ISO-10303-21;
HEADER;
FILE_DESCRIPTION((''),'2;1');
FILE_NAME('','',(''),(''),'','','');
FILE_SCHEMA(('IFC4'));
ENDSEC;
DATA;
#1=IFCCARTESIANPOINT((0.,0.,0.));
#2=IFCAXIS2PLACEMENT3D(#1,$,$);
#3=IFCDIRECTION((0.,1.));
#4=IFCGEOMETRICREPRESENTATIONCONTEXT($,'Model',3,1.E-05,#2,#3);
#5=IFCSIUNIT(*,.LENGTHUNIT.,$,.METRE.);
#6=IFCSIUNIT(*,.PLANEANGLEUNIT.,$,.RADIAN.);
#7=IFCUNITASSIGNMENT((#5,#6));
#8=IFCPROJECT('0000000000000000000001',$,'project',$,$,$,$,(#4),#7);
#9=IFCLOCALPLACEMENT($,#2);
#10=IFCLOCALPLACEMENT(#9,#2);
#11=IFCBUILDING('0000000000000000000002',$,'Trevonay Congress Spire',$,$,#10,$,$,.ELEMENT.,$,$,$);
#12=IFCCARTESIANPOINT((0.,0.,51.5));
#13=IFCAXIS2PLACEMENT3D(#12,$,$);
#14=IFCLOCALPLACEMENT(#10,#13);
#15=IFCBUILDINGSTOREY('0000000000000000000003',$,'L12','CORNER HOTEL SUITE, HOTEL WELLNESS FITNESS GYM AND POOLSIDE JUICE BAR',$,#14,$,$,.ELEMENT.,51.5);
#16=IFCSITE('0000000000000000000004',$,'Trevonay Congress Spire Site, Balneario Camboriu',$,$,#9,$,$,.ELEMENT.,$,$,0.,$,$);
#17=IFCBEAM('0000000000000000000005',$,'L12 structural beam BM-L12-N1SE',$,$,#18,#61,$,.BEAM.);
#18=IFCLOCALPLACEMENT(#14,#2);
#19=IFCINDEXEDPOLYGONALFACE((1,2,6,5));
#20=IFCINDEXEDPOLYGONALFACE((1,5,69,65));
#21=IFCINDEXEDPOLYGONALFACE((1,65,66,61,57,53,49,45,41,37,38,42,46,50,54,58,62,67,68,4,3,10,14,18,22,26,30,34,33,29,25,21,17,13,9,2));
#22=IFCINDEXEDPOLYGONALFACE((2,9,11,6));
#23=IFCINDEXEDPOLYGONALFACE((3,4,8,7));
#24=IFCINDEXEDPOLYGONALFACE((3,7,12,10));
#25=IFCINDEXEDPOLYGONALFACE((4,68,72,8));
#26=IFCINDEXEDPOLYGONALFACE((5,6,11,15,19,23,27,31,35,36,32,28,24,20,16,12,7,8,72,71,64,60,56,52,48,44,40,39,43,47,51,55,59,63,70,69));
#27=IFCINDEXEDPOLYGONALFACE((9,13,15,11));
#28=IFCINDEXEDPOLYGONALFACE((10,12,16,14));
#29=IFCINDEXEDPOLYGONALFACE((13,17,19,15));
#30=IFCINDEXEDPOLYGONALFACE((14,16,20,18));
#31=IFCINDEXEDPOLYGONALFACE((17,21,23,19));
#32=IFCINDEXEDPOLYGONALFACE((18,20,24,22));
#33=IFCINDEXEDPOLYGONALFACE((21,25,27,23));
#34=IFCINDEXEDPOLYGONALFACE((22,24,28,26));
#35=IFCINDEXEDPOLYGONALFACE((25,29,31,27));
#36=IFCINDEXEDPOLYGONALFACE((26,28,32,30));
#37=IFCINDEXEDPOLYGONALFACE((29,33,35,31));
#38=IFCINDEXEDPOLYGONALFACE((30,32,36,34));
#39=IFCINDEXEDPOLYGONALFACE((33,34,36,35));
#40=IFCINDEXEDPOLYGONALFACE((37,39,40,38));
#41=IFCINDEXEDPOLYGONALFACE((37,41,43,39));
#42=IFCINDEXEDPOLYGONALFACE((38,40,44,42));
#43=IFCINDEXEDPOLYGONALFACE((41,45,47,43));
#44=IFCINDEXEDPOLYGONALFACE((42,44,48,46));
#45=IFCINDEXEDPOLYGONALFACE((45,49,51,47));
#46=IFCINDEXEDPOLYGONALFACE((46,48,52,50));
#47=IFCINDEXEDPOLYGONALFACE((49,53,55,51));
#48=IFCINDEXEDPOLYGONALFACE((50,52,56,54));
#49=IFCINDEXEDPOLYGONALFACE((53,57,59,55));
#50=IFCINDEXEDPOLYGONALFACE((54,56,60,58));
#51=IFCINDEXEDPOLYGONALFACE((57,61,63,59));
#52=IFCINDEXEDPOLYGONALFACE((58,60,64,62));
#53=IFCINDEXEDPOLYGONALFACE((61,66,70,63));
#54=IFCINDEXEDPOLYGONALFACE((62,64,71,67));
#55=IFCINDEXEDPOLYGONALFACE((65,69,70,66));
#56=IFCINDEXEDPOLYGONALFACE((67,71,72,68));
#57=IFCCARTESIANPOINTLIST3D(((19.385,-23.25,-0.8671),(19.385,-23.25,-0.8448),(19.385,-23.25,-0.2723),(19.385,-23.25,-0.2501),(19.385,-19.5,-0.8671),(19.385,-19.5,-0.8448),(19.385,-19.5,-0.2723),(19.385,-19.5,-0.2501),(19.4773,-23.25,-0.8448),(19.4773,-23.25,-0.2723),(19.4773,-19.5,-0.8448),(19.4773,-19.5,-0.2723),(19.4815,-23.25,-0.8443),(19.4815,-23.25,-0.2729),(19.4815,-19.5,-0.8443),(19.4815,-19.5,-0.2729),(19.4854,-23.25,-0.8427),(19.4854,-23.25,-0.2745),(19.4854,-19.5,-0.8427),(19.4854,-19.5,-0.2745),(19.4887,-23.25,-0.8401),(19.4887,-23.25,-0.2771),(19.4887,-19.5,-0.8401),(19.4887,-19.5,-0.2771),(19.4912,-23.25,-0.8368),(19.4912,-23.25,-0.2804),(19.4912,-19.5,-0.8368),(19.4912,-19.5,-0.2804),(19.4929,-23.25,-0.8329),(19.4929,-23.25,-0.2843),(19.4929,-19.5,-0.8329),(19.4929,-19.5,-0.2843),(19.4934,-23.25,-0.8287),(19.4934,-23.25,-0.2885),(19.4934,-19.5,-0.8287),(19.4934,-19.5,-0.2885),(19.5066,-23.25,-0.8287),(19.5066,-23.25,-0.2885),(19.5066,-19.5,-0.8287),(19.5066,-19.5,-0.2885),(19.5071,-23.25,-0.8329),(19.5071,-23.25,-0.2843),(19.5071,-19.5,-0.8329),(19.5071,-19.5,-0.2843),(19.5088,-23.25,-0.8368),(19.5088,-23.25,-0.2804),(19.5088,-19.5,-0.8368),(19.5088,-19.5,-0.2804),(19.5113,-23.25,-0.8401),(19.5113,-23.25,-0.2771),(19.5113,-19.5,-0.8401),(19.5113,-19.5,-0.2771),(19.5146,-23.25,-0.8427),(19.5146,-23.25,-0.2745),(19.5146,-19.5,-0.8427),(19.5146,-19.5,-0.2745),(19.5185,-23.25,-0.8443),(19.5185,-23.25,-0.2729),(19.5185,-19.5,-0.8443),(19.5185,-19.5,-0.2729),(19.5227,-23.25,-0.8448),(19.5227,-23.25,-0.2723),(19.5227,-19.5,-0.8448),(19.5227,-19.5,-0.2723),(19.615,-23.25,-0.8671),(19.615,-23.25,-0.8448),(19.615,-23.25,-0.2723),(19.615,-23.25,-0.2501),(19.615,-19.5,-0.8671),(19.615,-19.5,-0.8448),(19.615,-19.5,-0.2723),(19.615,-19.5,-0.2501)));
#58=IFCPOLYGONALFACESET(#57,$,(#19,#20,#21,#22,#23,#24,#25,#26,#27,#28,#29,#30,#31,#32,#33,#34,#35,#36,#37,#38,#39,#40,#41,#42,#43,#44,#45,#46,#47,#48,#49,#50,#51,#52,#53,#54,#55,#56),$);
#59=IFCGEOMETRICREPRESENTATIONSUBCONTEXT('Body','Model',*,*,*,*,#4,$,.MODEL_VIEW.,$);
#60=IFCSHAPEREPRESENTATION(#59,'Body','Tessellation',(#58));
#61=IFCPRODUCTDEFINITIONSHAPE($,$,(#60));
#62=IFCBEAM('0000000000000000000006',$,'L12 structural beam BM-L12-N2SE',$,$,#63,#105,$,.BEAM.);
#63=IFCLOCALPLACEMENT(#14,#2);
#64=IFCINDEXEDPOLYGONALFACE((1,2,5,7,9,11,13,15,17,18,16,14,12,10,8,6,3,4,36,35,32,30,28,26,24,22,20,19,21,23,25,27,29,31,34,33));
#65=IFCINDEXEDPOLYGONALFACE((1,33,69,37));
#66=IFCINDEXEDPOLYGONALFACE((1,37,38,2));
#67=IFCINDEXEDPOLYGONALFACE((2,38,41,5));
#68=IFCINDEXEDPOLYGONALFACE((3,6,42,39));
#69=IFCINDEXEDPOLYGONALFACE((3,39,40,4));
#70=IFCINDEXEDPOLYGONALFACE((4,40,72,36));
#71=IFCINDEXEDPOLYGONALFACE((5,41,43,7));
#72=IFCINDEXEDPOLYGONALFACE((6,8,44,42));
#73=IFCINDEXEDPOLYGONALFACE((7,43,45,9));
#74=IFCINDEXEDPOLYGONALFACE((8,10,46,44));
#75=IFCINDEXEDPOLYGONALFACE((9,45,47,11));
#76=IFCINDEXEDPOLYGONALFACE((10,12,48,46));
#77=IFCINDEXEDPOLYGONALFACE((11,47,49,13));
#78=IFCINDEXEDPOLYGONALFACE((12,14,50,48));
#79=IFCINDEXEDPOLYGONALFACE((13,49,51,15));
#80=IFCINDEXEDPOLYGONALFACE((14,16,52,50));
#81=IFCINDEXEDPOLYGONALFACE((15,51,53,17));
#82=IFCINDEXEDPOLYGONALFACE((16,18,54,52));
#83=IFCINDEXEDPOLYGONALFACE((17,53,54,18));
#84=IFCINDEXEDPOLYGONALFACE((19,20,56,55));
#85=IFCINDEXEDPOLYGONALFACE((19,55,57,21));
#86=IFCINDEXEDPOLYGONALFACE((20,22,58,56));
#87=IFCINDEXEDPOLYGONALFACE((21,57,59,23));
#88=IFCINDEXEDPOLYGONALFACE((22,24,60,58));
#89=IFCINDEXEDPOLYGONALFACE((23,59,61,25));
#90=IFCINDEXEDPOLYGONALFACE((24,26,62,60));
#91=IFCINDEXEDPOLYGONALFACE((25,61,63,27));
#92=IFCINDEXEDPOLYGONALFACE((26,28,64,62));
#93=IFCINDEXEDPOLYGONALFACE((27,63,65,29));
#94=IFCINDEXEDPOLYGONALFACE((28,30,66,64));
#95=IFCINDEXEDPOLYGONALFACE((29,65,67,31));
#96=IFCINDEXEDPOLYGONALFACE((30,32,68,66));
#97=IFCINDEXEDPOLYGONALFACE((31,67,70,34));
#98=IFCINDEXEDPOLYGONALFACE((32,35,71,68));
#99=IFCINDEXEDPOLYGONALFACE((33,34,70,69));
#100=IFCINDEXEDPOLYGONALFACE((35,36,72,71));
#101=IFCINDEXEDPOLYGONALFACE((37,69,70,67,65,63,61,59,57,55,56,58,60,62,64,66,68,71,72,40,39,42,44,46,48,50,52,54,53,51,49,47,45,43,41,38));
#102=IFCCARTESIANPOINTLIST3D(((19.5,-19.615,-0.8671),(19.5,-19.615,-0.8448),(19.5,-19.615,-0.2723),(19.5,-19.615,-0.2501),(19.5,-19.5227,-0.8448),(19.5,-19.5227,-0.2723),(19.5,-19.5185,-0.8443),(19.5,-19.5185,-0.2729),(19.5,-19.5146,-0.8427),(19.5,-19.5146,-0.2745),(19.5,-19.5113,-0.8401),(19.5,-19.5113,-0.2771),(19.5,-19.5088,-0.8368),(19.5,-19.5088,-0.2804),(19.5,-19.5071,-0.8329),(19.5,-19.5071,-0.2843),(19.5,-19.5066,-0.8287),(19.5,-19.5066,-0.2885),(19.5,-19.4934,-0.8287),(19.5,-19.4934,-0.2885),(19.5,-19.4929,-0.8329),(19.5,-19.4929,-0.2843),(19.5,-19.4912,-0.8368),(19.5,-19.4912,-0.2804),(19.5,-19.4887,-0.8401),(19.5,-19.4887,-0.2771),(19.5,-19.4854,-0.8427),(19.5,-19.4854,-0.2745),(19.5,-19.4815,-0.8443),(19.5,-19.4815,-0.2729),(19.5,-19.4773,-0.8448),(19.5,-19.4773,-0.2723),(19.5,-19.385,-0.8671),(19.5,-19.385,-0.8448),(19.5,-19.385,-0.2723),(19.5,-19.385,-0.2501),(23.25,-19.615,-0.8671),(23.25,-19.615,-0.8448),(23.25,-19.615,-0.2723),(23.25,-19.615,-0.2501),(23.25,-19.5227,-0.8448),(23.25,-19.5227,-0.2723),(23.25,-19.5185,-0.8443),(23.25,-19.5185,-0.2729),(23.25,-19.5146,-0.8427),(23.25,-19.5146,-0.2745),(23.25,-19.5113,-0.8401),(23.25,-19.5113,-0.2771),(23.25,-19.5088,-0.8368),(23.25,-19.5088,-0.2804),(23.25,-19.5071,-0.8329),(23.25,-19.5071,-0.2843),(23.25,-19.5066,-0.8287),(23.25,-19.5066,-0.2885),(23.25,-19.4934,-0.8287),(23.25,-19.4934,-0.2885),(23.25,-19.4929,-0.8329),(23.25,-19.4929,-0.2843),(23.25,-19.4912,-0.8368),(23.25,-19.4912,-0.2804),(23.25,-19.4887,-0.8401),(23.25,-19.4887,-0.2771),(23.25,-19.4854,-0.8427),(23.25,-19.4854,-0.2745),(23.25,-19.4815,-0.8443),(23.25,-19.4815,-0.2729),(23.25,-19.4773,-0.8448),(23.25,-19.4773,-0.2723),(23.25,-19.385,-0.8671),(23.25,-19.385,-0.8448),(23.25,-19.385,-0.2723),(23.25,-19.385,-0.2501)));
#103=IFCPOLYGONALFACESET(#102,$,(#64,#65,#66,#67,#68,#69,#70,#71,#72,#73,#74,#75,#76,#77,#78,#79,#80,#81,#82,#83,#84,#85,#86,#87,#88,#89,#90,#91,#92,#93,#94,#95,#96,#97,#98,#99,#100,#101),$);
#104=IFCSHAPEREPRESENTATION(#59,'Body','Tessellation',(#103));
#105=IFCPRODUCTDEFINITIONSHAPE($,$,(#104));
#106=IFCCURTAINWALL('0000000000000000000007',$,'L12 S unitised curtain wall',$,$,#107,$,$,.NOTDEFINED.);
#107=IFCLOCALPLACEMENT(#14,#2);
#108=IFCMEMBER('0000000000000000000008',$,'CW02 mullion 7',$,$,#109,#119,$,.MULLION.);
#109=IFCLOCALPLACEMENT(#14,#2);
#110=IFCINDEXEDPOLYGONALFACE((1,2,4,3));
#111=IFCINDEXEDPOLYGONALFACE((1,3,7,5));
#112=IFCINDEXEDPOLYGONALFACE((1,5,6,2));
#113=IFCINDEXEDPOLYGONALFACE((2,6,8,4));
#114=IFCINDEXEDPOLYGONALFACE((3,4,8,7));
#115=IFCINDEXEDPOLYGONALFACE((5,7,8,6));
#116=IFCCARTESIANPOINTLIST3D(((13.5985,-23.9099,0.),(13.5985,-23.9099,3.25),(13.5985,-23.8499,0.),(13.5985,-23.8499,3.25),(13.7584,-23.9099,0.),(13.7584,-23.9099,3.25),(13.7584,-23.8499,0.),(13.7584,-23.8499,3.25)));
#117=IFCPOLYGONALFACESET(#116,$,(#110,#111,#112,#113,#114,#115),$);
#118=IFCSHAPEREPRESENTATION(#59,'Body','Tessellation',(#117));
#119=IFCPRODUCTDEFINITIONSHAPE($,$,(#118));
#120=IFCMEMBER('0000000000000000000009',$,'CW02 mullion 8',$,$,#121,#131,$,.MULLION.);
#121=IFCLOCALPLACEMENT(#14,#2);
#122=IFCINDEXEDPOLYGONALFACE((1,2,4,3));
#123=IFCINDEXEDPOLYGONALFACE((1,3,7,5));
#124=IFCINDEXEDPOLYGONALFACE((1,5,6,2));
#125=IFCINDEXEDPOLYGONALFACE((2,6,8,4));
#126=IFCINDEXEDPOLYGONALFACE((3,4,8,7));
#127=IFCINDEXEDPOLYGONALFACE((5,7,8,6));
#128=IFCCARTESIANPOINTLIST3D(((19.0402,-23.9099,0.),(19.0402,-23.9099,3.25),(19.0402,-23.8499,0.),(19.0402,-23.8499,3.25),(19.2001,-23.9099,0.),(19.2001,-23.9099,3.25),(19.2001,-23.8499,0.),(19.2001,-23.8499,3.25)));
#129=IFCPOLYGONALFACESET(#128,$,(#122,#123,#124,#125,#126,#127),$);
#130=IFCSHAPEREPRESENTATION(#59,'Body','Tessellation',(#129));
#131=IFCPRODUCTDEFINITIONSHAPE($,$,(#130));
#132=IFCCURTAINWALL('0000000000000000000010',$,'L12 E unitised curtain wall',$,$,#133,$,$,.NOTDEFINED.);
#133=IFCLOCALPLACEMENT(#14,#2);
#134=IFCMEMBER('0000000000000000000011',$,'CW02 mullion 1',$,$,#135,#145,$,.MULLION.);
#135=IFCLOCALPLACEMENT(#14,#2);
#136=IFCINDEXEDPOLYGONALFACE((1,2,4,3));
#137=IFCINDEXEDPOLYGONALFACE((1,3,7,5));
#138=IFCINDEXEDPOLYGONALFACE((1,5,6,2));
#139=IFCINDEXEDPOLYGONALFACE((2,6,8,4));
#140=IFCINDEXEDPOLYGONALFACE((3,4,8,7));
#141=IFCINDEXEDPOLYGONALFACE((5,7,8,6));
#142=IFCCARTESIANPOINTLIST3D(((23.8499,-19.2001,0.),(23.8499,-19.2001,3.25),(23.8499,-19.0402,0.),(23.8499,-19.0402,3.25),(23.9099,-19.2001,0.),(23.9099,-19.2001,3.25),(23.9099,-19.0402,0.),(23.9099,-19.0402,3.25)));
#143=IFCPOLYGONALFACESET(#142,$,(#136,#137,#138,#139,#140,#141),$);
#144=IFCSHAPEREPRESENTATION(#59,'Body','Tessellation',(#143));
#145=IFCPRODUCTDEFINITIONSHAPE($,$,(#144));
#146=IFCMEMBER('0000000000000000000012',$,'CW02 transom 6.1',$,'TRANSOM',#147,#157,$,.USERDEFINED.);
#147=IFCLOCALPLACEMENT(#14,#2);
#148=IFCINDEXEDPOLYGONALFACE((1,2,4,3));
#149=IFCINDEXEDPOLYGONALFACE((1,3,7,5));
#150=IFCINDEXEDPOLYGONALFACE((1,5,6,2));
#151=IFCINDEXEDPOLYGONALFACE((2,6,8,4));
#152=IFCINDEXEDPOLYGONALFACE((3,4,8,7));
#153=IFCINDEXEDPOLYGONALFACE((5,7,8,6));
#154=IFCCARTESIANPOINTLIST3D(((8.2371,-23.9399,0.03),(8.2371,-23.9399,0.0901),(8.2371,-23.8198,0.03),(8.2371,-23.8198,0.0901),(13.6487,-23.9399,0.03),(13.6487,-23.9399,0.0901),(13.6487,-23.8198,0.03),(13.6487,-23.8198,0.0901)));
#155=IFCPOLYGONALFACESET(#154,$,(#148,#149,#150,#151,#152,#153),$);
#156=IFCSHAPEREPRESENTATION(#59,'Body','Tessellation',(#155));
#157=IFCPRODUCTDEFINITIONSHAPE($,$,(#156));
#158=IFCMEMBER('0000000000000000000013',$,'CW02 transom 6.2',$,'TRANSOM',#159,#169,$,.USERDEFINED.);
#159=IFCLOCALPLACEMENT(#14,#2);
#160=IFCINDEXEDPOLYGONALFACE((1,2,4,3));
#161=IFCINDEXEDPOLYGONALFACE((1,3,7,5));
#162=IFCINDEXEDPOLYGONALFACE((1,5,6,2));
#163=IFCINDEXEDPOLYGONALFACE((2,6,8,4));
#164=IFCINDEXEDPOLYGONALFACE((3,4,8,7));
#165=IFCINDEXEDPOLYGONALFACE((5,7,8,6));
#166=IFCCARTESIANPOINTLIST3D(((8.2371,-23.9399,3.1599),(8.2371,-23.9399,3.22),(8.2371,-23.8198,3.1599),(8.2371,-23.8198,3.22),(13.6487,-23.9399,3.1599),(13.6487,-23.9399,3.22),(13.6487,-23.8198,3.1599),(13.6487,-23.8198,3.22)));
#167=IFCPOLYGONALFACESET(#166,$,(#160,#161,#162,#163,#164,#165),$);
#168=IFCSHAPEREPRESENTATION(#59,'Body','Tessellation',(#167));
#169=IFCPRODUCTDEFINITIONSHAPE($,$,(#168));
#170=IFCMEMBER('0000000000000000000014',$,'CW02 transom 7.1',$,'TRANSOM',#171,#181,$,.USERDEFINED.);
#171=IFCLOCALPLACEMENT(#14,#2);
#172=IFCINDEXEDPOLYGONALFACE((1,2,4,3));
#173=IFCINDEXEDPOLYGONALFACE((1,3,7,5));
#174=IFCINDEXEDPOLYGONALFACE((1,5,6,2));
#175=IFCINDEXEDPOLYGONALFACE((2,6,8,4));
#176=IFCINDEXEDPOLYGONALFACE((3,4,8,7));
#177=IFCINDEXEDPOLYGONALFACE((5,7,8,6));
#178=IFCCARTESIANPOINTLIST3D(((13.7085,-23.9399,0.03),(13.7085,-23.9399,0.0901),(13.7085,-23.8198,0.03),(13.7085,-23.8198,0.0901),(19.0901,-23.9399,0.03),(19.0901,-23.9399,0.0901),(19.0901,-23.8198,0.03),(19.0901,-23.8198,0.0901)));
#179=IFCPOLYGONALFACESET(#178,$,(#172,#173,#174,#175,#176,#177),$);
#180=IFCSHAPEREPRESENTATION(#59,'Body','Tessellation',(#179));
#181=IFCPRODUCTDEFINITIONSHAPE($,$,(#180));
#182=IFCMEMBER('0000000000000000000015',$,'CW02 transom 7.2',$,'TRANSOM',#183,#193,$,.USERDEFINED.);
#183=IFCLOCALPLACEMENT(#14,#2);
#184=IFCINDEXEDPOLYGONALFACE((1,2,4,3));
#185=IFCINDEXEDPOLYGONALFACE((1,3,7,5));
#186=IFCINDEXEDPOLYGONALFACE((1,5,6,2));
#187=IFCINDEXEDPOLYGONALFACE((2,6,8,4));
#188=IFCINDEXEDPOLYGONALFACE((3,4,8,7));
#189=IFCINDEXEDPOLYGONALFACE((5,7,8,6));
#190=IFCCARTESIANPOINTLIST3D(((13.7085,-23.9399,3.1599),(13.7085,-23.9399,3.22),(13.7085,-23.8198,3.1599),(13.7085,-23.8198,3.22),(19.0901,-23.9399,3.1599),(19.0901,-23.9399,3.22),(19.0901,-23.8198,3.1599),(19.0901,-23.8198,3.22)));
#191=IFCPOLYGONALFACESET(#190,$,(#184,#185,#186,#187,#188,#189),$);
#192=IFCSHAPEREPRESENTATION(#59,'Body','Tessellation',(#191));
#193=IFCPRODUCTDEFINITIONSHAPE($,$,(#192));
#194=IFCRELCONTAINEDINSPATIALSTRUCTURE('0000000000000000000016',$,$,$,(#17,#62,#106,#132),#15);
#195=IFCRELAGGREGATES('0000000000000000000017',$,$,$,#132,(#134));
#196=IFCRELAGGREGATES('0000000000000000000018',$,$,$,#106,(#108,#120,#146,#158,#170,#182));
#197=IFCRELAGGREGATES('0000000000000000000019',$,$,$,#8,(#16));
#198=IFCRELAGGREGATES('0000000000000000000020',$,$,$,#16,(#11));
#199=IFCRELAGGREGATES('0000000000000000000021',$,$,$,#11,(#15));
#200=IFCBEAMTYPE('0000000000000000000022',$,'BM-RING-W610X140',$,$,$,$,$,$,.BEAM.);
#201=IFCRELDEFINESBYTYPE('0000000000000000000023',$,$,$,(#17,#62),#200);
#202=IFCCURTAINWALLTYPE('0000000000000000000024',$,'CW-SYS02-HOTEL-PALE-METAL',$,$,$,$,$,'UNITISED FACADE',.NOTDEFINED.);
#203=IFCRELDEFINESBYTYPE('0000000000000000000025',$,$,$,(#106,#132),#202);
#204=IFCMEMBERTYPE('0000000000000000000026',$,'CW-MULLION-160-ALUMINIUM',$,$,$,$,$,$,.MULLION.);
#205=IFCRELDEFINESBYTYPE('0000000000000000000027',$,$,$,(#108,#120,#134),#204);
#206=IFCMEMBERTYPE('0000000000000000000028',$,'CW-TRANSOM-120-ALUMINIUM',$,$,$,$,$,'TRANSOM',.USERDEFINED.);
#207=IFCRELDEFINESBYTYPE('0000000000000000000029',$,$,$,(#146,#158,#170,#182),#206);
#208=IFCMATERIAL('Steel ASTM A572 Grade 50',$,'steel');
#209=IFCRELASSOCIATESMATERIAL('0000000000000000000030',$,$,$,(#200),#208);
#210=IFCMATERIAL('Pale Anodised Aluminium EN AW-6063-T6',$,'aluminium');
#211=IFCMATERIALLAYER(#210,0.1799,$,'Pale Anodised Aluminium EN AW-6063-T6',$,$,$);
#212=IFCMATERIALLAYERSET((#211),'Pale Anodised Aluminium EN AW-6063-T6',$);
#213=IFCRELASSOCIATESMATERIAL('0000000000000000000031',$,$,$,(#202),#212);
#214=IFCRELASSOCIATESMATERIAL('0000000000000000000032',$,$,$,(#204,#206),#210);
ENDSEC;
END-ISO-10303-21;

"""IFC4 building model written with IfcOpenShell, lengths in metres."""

from ifc_helpers import new_model, si_unit, direction, frame, origin, origin_2d, place, context, subcontext, project, spatial, rectangle, i_section, extrude, material, layer, layer_set, material_profile, profile_set, type_object, element, aggregate, save


model = new_model("IFC4")

# Units and contexts
model_context = context("Model", 3, precision=1e-05, world=origin(), true_north=direction((0.0, 1.0)))
body_context = subcontext(model_context, "Body", "Model", "MODEL_VIEW")
ifc_project = project(units=[si_unit("LENGTHUNIT", "METRE"), si_unit("PLANEANGLEUNIT", "RADIAN")], contexts=[model_context])

# Site, building, storey
site_placement = place(None, origin())
site = spatial("IfcSite", under=ifc_project, at=site_placement, Name="Trevonay Congress Spire Site, Balneario Camboriu", CompositionType="ELEMENT", RefElevation=0.0)
building_placement = place(site_placement, origin())
building = spatial("IfcBuilding", under=site, at=building_placement, Name="Trevonay Congress Spire", CompositionType="ELEMENT")
storey_placement = place(building_placement, frame((0.0, 0.0, 51.5)))
storey = spatial("IfcBuildingStorey", under=building, at=storey_placement, Name="L12", Description="CORNER HOTEL SUITE, HOTEL WELLNESS FITNESS GYM AND POOLSIDE JUICE BAR", CompositionType="ELEMENT", Elevation=51.5)

# Shared definitions
ifc_material_1 = material(Name="Steel ASTM A572 Grade 50", Category="steel")

# Beams
ifc_material_profile_1 = material_profile(ifc_material_1, i_section(OverallWidth=0.23, OverallDepth=0.6169, WebThickness=0.0132, FlangeThickness=0.0222, FilletRadius=0.0161, at=origin_2d()), Name="W610x140")
ifc_profile_set_1 = profile_set([ifc_material_profile_1], Name="Steel ASTM A572 Grade 50")
beam_type = type_object("IfcBeamType", Name="BM-RING-W610X140", PredefinedType="BEAM", material=ifc_profile_set_1)
for number, where, z_axis, x_axis, name in (
    (1, (19.5, -23.25, -0.5586), (0.0, 1.0, 0.0), (-1.0, 0.0, 0.0), "L12 structural beam BM-L12-N1SE"),
    (2, (23.25, -19.5, -0.5586), (-1.0, 0.0, 0.0), (0.0, -1.0, 0.0), "L12 structural beam BM-L12-N2SE"),
):
    element("IfcBeam", number, at=place(storey_placement, frame(where, z_axis=z_axis, x_axis=x_axis)), inside=storey, type_object=beam_type, Name=name, PredefinedType="BEAM", context=body_context, shape_type="SweptSolid", body=[
        extrude(i_section(OverallWidth=0.23, OverallDepth=0.6169, WebThickness=0.0132, FlangeThickness=0.0222, FilletRadius=0.0161, at=origin_2d()), origin(), (0.0, 0.0, 1.0), 3.75),
    ])

# Curtain wall, members
ifc_material_2 = material(Name="Pale Anodised Aluminium EN AW-6063-T6", Category="aluminium")
ifc_layer_1 = layer(ifc_material_2, 0.1799, Name="Pale Anodised Aluminium EN AW-6063-T6")
ifc_layer_set_1 = layer_set([ifc_layer_1], Name="Pale Anodised Aluminium EN AW-6063-T6")
curtain_wall_type = type_object("IfcCurtainWallType", Name="CW-SYS02-HOTEL-PALE-METAL", ElementType="UNITISED FACADE", PredefinedType="NOTDEFINED", material=ifc_layer_set_1)
curtain_wall_1_placement = place(storey_placement, origin())
curtain_wall_1 = element("IfcCurtainWall", 3, at=curtain_wall_1_placement, inside=storey, type_object=curtain_wall_type, Name="L12 S unitised curtain wall", PredefinedType="NOTDEFINED")
ifc_material_profile_2 = material_profile(ifc_material_2, rectangle(XDim=0.0601, YDim=0.1599, at=origin_2d()), Name="CW-MULLION-160-ALUMINIUM")
ifc_profile_set_2 = profile_set([ifc_material_profile_2], Name="Pale Anodised Aluminium EN AW-6063-T6")
member_type_1 = type_object("IfcMemberType", Name="CW-MULLION-160-ALUMINIUM", PredefinedType="MULLION", material=ifc_profile_set_2)
member_1_placement = place(storey_placement, frame((13.6785, -23.8799, 0.0), z_axis=(0.0, 0.0, 1.0), x_axis=(0.0, 1.0, 0.0)))
member_1 = element("IfcMember", 4, at=member_1_placement, type_object=member_type_1, Name="CW02 mullion 7", PredefinedType="MULLION", context=body_context, shape_type="SweptSolid", body=[
    extrude(rectangle(XDim=0.0601, YDim=0.1599, at=origin_2d()), origin(), (0.0, 0.0, 1.0), 3.25),
])
member_2_placement = place(storey_placement, frame((19.1201, -23.8799, 0.0), z_axis=(0.0, 0.0, 1.0), x_axis=(0.0, 1.0, 0.0)))
member_2 = element("IfcMember", 5, at=member_2_placement, type_object=member_type_1, Name="CW02 mullion 8", PredefinedType="MULLION", context=body_context, shape_type="SweptSolid", body=[
    extrude(rectangle(XDim=0.0601, YDim=0.1599, at=origin_2d()), origin(), (0.0, 0.0, 1.0), 3.25),
])

# Curtain wall, member
curtain_wall_2_placement = place(storey_placement, origin())
curtain_wall_2 = element("IfcCurtainWall", 6, at=curtain_wall_2_placement, inside=storey, type_object=curtain_wall_type, Name="L12 E unitised curtain wall", PredefinedType="NOTDEFINED")
member_3_placement = place(storey_placement, frame((23.8799, -19.1201, 0.0), z_axis=(0.0, 0.0, 1.0), x_axis=(-1.0, 0.0, 0.0)))
member_3 = element("IfcMember", 7, at=member_3_placement, type_object=member_type_1, Name="CW02 mullion 1", PredefinedType="MULLION", context=body_context, shape_type="SweptSolid", body=[
    extrude(rectangle(XDim=0.0601, YDim=0.1599, at=origin_2d()), origin(), (0.0, 0.0, 1.0), 3.25),
])

# Members
ifc_material_profile_3 = material_profile(ifc_material_2, rectangle(XDim=0.1201, YDim=0.0601, at=origin_2d()), Name="CW-TRANSOM-120-ALUMINIUM")
ifc_profile_set_3 = profile_set([ifc_material_profile_3], Name="Pale Anodised Aluminium EN AW-6063-T6")
member_type_2 = type_object("IfcMemberType", Name="CW-TRANSOM-120-ALUMINIUM", ElementType="TRANSOM", PredefinedType="USERDEFINED", material=ifc_profile_set_3)
member_4_placement = place(storey_placement, frame((8.2371, -23.8799, 0.0601), z_axis=(1.0, 0.0, 0.0), x_axis=(0.0, 1.0, 0.0)))
member_4 = element("IfcMember", 8, at=member_4_placement, type_object=member_type_2, Name="CW02 transom 6.1", ObjectType="TRANSOM", PredefinedType="USERDEFINED", context=body_context, shape_type="SweptSolid", body=[
    extrude(rectangle(XDim=0.1201, YDim=0.0601, at=origin_2d()), origin(), (0.0, 0.0, 1.0), 5.4116),
])
member_5_placement = place(storey_placement, frame((8.2371, -23.8799, 3.1899), z_axis=(1.0, 0.0, 0.0), x_axis=(0.0, 1.0, 0.0)))
member_5 = element("IfcMember", 9, at=member_5_placement, type_object=member_type_2, Name="CW02 transom 6.2", ObjectType="TRANSOM", PredefinedType="USERDEFINED", context=body_context, shape_type="SweptSolid", body=[
    extrude(rectangle(XDim=0.1201, YDim=0.0601, at=origin_2d()), origin(), (0.0, 0.0, 1.0), 5.4116),
])
member_6_placement = place(storey_placement, frame((13.7085, -23.8799, 0.0601), z_axis=(1.0, 0.0, 0.0), x_axis=(0.0, 1.0, 0.0)))
member_6 = element("IfcMember", 10, at=member_6_placement, type_object=member_type_2, Name="CW02 transom 7.1", ObjectType="TRANSOM", PredefinedType="USERDEFINED", context=body_context, shape_type="SweptSolid", body=[
    extrude(rectangle(XDim=0.1201, YDim=0.0601, at=origin_2d()), origin(), (0.0, 0.0, 1.0), 5.3816),
])
member_7_placement = place(storey_placement, frame((13.7085, -23.8799, 3.1899), z_axis=(1.0, 0.0, 0.0), x_axis=(0.0, 1.0, 0.0)))
member_7 = element("IfcMember", 11, at=member_7_placement, type_object=member_type_2, Name="CW02 transom 7.2", ObjectType="TRANSOM", PredefinedType="USERDEFINED", context=body_context, shape_type="SweptSolid", body=[
    extrude(rectangle(XDim=0.1201, YDim=0.0601, at=origin_2d()), origin(), (0.0, 0.0, 1.0), 5.3816),
])
aggregate(curtain_wall_2, [member_3])

aggregate(curtain_wall_1, [member_1, member_2, member_4, member_5, member_6, member_7])

save(model, "model.ifc")
